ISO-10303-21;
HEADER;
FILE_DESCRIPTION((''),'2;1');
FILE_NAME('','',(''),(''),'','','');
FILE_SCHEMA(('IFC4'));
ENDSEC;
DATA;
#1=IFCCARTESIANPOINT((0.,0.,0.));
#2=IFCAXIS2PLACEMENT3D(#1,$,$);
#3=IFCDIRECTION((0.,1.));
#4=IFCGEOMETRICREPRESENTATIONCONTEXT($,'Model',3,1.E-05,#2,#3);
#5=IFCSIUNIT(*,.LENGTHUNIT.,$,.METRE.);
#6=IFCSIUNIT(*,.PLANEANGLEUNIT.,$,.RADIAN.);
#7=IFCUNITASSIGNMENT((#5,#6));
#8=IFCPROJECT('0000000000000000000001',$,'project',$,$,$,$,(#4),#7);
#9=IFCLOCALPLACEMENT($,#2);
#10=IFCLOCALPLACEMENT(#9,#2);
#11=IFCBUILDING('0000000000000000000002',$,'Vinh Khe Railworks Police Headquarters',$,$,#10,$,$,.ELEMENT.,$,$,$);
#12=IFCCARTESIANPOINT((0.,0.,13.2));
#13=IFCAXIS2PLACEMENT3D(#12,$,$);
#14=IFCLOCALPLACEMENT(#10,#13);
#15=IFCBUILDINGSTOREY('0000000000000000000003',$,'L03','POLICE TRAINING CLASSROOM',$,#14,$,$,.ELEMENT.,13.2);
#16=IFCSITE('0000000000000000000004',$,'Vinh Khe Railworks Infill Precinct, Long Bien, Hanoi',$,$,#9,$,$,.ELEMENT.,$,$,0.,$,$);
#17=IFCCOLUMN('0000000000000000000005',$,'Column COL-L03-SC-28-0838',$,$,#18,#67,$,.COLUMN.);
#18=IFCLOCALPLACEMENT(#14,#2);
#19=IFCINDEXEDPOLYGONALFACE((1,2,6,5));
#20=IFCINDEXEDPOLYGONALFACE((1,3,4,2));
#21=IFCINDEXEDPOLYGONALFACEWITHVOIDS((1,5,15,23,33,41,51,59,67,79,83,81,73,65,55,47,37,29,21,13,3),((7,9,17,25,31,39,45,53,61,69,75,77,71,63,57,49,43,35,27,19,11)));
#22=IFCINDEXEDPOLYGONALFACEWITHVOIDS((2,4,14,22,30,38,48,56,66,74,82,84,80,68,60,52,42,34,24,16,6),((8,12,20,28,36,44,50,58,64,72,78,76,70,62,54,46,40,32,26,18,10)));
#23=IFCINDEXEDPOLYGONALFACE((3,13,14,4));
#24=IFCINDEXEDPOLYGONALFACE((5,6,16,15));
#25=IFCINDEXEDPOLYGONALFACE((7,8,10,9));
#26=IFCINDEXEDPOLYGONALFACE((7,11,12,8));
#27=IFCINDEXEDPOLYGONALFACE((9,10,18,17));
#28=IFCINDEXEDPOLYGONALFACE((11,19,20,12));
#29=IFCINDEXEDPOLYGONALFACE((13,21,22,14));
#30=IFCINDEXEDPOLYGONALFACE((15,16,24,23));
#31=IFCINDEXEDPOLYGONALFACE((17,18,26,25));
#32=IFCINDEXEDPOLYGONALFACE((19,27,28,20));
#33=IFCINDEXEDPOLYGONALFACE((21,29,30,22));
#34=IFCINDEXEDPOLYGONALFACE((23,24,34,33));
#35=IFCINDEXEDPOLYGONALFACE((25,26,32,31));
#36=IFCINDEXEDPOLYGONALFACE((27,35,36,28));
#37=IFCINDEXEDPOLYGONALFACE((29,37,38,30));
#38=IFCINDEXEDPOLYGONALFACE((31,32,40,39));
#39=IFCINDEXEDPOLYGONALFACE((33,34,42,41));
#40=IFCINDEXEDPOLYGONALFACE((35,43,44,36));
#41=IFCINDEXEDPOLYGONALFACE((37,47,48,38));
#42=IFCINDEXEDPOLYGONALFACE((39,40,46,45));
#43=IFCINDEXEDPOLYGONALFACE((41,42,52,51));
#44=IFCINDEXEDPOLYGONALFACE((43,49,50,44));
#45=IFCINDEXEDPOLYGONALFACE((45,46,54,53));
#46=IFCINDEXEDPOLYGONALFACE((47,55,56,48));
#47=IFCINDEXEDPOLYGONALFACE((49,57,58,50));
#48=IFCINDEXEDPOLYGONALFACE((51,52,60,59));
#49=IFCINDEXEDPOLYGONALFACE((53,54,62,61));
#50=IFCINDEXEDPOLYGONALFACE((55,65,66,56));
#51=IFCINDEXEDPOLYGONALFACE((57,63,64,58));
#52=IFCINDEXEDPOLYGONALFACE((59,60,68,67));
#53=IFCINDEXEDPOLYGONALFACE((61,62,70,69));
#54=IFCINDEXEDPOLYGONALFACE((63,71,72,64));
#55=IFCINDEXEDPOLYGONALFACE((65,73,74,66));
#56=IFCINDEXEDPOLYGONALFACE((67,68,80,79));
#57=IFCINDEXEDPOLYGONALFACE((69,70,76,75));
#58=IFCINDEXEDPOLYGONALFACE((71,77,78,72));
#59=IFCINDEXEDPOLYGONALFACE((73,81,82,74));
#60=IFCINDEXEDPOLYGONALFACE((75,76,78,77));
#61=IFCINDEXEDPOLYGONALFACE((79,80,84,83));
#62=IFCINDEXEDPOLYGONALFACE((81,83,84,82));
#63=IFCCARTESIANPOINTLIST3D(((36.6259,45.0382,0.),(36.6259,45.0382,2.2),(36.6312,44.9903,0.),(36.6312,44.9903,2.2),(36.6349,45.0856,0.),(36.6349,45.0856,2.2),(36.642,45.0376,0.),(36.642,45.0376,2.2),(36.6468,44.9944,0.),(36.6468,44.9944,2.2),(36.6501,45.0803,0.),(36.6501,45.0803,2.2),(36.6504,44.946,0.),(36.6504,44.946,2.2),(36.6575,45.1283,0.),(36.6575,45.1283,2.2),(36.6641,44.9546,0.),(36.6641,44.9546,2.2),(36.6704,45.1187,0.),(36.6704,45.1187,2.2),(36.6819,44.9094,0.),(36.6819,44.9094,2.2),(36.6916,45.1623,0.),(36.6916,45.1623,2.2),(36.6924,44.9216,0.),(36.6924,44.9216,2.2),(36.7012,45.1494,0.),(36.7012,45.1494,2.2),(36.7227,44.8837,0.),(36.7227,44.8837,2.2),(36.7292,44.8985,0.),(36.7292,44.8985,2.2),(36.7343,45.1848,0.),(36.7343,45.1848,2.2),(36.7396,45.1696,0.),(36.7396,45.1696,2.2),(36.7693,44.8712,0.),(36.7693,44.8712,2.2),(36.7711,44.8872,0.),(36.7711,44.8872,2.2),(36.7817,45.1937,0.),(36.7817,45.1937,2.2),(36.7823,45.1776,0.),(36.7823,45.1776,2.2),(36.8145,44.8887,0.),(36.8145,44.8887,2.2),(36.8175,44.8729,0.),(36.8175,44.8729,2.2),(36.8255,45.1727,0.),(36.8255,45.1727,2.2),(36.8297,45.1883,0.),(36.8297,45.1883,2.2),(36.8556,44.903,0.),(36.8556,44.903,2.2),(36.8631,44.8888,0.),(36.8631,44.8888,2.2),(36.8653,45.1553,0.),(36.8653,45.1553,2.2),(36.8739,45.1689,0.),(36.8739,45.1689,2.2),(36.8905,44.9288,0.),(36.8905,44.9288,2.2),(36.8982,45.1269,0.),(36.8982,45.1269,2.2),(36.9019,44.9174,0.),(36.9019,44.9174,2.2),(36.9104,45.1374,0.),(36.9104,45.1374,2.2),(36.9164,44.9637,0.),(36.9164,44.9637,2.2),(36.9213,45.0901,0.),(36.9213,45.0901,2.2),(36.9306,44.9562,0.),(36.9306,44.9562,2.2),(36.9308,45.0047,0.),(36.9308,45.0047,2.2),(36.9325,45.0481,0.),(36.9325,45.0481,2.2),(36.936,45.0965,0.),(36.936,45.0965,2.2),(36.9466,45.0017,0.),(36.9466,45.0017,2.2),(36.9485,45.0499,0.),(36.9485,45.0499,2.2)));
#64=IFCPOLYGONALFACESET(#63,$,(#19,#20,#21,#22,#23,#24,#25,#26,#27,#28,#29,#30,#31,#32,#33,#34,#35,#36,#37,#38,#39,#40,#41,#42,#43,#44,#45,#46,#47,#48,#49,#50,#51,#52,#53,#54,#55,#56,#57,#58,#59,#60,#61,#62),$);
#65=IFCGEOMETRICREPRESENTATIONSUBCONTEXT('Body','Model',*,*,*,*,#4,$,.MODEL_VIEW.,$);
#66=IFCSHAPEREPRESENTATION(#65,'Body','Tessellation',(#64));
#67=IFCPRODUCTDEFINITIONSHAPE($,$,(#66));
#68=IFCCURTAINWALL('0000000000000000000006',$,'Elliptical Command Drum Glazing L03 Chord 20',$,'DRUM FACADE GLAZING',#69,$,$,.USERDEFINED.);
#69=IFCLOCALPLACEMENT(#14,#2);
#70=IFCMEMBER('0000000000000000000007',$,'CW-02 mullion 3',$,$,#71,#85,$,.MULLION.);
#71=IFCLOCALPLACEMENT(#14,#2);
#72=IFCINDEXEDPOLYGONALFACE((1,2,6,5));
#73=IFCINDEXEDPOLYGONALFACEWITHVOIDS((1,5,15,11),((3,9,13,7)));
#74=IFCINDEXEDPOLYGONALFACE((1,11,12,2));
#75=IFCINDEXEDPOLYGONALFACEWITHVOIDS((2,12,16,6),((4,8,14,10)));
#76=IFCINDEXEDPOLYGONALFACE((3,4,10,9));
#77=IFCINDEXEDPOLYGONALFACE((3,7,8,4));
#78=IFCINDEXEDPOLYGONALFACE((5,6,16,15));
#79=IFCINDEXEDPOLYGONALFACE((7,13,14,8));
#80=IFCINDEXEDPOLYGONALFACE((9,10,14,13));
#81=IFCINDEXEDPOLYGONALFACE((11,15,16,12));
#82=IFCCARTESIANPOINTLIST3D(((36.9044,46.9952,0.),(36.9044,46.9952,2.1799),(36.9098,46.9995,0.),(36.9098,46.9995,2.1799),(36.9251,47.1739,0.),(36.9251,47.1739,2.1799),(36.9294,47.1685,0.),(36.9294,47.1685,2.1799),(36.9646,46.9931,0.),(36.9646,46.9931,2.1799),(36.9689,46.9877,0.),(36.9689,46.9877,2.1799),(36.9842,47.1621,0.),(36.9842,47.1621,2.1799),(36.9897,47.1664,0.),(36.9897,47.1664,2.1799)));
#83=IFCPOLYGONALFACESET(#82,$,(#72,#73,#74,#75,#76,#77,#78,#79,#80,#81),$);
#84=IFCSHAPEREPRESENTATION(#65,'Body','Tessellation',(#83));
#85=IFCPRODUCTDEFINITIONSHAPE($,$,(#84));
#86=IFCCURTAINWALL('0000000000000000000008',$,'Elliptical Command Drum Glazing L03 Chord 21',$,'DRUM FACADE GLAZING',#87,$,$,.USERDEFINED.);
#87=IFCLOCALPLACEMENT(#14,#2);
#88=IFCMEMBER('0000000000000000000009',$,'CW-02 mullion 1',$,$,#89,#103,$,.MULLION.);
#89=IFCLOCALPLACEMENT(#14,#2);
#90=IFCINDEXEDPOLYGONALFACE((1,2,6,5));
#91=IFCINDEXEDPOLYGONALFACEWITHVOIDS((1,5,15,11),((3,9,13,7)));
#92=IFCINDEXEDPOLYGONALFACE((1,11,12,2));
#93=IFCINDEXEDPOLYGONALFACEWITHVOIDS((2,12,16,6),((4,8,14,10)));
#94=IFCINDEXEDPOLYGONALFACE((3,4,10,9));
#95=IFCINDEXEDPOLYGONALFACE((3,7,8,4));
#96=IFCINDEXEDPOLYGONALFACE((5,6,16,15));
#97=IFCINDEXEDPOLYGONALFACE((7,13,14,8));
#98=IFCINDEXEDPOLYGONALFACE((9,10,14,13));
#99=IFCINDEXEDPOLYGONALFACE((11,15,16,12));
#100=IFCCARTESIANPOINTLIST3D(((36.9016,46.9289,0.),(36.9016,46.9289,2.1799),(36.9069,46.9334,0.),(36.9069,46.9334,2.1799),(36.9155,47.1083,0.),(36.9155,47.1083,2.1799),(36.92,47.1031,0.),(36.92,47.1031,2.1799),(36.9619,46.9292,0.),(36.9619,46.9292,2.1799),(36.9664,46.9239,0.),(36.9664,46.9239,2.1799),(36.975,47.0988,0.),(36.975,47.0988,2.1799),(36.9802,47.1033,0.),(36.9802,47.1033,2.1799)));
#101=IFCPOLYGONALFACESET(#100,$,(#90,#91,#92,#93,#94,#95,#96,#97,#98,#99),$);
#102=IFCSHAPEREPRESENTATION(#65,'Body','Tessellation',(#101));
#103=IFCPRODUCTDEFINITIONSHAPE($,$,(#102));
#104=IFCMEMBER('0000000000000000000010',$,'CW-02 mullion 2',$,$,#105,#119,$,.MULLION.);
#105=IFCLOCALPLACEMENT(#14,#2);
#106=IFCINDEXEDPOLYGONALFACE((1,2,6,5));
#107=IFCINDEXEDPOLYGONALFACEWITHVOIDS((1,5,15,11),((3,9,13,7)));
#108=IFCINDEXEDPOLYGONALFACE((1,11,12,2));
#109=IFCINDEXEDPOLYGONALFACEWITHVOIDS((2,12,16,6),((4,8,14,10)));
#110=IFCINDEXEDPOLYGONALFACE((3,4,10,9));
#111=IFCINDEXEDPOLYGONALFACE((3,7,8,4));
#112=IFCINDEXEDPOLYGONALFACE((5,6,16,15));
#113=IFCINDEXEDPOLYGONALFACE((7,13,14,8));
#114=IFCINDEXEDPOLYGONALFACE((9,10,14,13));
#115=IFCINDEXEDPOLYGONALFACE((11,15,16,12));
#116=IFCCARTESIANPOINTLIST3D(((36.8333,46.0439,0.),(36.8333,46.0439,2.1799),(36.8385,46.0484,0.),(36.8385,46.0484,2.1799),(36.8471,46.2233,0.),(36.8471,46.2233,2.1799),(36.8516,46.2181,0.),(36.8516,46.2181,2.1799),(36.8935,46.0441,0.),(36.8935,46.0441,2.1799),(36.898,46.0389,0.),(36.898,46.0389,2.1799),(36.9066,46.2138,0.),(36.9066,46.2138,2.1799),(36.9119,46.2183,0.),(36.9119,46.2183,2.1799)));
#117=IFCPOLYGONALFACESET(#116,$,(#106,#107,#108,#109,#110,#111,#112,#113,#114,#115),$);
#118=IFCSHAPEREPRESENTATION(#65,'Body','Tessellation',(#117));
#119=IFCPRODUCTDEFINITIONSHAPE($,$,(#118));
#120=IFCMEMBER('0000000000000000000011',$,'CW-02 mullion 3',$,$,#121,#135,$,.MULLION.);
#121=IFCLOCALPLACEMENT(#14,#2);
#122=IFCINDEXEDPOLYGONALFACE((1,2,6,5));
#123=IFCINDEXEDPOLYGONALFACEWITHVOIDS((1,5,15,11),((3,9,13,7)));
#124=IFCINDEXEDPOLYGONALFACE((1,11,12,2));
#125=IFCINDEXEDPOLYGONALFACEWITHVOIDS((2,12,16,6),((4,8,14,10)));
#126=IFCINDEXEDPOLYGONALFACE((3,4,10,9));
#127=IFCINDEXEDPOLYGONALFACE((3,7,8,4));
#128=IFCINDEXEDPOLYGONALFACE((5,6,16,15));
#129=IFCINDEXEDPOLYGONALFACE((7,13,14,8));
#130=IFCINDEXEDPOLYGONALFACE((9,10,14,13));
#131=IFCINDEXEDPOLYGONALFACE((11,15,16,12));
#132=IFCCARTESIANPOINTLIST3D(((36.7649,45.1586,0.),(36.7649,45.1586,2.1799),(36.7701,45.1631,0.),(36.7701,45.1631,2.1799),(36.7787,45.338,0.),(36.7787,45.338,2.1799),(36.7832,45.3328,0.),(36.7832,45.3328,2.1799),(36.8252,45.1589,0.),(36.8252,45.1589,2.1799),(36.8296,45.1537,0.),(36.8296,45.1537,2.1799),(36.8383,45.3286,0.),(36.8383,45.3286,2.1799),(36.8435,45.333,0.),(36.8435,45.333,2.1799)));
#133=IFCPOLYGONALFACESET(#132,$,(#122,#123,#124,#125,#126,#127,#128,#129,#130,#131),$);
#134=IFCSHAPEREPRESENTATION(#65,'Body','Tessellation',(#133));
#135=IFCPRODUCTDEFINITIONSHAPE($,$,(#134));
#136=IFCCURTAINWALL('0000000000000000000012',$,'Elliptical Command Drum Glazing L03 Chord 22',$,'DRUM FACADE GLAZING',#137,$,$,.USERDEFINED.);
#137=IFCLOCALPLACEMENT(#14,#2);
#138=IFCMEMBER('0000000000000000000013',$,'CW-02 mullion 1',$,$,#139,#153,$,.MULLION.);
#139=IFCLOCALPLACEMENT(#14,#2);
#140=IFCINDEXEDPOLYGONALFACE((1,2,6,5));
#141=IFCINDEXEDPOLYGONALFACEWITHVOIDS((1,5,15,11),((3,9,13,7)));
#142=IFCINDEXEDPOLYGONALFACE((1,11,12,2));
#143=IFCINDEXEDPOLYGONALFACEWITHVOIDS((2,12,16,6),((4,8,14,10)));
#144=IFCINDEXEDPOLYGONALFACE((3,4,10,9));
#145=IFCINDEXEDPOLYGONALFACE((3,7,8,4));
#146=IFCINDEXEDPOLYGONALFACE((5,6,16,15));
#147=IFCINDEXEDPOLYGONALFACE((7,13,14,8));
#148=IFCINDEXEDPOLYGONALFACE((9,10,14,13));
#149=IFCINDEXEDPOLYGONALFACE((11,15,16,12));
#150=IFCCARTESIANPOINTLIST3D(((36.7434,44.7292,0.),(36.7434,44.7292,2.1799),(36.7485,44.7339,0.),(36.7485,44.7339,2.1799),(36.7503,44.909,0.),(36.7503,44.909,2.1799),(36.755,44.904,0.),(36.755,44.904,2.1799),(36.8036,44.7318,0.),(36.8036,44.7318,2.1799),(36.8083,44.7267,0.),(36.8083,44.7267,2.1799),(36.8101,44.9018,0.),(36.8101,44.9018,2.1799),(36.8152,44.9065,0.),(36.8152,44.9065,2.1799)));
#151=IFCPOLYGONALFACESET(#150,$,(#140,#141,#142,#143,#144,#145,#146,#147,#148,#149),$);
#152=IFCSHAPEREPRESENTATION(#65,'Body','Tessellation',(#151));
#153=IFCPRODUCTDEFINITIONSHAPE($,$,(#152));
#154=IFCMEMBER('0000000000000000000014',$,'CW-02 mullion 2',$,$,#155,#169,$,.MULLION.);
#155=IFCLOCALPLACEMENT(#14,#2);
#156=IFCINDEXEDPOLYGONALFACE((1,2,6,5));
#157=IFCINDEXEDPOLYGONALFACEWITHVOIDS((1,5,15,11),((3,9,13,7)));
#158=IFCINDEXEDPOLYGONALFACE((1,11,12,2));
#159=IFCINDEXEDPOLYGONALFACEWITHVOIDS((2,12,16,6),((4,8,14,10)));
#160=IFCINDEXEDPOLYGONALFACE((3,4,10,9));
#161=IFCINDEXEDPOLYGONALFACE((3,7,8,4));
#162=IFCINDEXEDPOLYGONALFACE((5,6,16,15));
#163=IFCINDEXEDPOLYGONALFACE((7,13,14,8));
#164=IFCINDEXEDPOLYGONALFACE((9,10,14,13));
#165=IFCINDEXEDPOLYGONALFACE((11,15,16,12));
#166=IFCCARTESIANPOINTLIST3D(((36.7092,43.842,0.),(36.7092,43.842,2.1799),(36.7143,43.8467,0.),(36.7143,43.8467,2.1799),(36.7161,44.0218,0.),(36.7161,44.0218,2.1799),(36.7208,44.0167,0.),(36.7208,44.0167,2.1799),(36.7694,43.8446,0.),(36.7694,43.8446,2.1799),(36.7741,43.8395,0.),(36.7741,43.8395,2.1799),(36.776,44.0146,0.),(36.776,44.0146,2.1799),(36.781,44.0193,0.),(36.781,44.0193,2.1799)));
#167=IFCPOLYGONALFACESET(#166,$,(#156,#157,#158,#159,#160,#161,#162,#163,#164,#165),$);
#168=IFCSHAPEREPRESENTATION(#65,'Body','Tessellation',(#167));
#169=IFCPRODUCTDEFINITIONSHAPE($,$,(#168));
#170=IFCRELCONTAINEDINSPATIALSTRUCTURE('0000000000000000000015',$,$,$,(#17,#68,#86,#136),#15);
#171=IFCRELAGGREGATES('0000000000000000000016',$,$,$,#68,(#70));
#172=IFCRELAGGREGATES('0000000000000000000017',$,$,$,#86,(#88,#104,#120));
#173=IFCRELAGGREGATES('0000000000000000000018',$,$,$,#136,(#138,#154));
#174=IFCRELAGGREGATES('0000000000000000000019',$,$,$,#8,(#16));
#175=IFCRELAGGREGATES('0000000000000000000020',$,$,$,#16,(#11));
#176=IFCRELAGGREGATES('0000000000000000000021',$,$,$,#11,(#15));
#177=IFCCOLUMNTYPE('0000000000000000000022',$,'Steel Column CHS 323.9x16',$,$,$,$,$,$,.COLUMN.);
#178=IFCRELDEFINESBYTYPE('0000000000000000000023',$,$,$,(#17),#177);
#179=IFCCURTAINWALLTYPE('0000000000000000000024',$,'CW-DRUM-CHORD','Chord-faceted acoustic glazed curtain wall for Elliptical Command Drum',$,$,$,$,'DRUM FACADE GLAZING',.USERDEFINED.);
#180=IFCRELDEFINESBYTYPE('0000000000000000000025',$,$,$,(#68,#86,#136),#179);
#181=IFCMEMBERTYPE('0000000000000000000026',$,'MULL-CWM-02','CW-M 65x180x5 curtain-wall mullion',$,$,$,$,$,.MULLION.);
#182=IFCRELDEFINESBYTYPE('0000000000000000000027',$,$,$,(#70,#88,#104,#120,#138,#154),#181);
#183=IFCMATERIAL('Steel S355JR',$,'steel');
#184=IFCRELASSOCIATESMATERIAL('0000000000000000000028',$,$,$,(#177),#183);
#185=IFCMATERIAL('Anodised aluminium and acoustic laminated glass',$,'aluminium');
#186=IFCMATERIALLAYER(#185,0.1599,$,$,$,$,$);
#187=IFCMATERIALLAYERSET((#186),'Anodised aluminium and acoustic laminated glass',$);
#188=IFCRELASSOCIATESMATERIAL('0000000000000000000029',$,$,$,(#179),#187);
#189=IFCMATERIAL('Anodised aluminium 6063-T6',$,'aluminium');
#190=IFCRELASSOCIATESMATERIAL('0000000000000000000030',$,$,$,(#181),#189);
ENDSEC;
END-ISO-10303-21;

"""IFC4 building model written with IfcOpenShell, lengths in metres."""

from ifc_helpers import new_model, si_unit, direction, frame, origin, origin_2d, place, context, subcontext, project, spatial, hollow_rectangle, hollow_circle, extrude, material, layer, layer_set, material_profile, profile_set, type_object, element, aggregate, save


model = new_model("IFC4")

# Units and contexts
model_context = context("Model", 3, precision=1e-05, world=origin(), true_north=direction((0.0, 1.0)))
body_context = subcontext(model_context, "Body", "Model", "MODEL_VIEW")
ifc_project = project(units=[si_unit("LENGTHUNIT", "METRE"), si_unit("PLANEANGLEUNIT", "RADIAN")], contexts=[model_context])

# Site, building, storey
site_placement = place(None, origin())
site = spatial("IfcSite", under=ifc_project, at=site_placement, Name="Vinh Khe Railworks Infill Precinct, Long Bien, Hanoi", CompositionType="ELEMENT", RefElevation=0.0)
building_placement = place(site_placement, origin())
building = spatial("IfcBuilding", under=site, at=building_placement, Name="Vinh Khe Railworks Police Headquarters", CompositionType="ELEMENT")
storey_placement = place(building_placement, frame((0.0, 0.0, 13.2)))
storey = spatial("IfcBuildingStorey", under=building, at=storey_placement, Name="L03", Description="POLICE TRAINING CLASSROOM", CompositionType="ELEMENT", Elevation=13.2)

# Column
ifc_material_1 = material(Name="Steel S355JR", Category="steel")
ifc_material_profile_1 = material_profile(ifc_material_1, hollow_circle(Radius=0.1619, WallThickness=0.0161, at=origin_2d()), Name="CHS 323.9x16")
ifc_profile_set_1 = profile_set([ifc_material_profile_1], Name="Steel S355JR")
column_type = type_object("IfcColumnType", Name="Steel Column CHS 323.9x16", PredefinedType="COLUMN", material=ifc_profile_set_1)
column_placement = place(storey_placement, frame((36.7876, 45.032, 0.0), z_axis=(0.0, 0.0, 1.0), x_axis=(-0.999256, 0.038562, 0.0)))
element("IfcColumn", 1, at=column_placement, inside=storey, type_object=column_type, Name="Column COL-L03-SC-28-0838", PredefinedType="COLUMN", context=body_context, shape_type="SweptSolid", body=[
    extrude(hollow_circle(Radius=0.1619, WallThickness=0.0161, at=origin_2d()), origin(), (0.0, 0.0, 1.0), 2.2),
])

# Curtain wall, member
ifc_material_2 = material(Name="Anodised aluminium and acoustic laminated glass", Category="aluminium")
ifc_layer_1 = layer(ifc_material_2, 0.1599)
ifc_layer_set_1 = layer_set([ifc_layer_1], Name="Anodised aluminium and acoustic laminated glass")
curtain_wall_type = type_object("IfcCurtainWallType", Name="CW-DRUM-CHORD", Description="Chord-faceted acoustic glazed curtain wall for Elliptical Command Drum", ElementType="DRUM FACADE GLAZING", PredefinedType="USERDEFINED", material=ifc_layer_set_1)
curtain_wall_1_placement = place(storey_placement, origin())
curtain_wall_1 = element("IfcCurtainWall", 2, at=curtain_wall_1_placement, inside=storey, type_object=curtain_wall_type, Name="Elliptical Command Drum Glazing L03 Chord 20", ObjectType="DRUM FACADE GLAZING", PredefinedType="USERDEFINED")
ifc_material_3 = material(Name="Anodised aluminium 6063-T6", Category="aluminium")
ifc_material_profile_2 = material_profile(ifc_material_3, hollow_rectangle(XDim=0.0649, YDim=0.1799, WallThickness=0.0049, at=origin_2d()), Name="CW-M 65x180x5")
ifc_profile_set_2 = profile_set([ifc_material_profile_2], Name="Anodised aluminium 6063-T6")
member_type_1 = type_object("IfcMemberType", Name="MULL-CWM-02", Description="CW-M 65x180x5 curtain-wall mullion", PredefinedType="MULLION", material=ifc_profile_set_2)
member_1_placement = place(storey_placement, frame((36.947, 47.0808, 0.0), z_axis=(0.0, 0.0, 1.0), x_axis=(0.993329, -0.115318, 0.0)))
member_1 = element("IfcMember", 3, at=member_1_placement, type_object=member_type_1, Name="CW-02 mullion 3", PredefinedType="MULLION", context=body_context, shape_type="SweptSolid", body=[
    extrude(hollow_rectangle(XDim=0.0649, YDim=0.1799, WallThickness=0.0049, at=origin_2d()), origin(), (0.0, 0.0, 1.0), 2.1799),
])
aggregate(curtain_wall_1, [member_1])

# Curtain walls, members
curtain_wall_2_placement = place(storey_placement, origin())
curtain_wall_2 = element("IfcCurtainWall", 4, at=curtain_wall_2_placement, inside=storey, type_object=curtain_wall_type, Name="Elliptical Command Drum Glazing L03 Chord 21", ObjectType="DRUM FACADE GLAZING", PredefinedType="USERDEFINED")
member_2_placement = place(storey_placement, frame((36.9409, 47.0161, 0.0), z_axis=(0.0, 0.0, 1.0), x_axis=(0.997033, -0.076969, 0.0)))
member_2 = element("IfcMember", 5, at=member_2_placement, type_object=member_type_1, Name="CW-02 mullion 1", PredefinedType="MULLION", context=body_context, shape_type="SweptSolid", body=[
    extrude(hollow_rectangle(XDim=0.0649, YDim=0.1799, WallThickness=0.0049, at=origin_2d()), origin(), (0.0, 0.0, 1.0), 2.1799),
])
member_3_placement = place(storey_placement, frame((36.8726, 46.1311, 0.0), z_axis=(0.0, 0.0, 1.0), x_axis=(0.997033, -0.076969, 0.0)))
member_3 = element("IfcMember", 6, at=member_3_placement, type_object=member_type_1, Name="CW-02 mullion 2", PredefinedType="MULLION", context=body_context, shape_type="SweptSolid", body=[
    extrude(hollow_rectangle(XDim=0.0649, YDim=0.1799, WallThickness=0.0049, at=origin_2d()), origin(), (0.0, 0.0, 1.0), 2.1799),
])
member_4_placement = place(storey_placement, frame((36.8042, 45.2458, 0.0), z_axis=(0.0, 0.0, 1.0), x_axis=(0.997033, -0.076969, 0.0)))
member_4 = element("IfcMember", 7, at=member_4_placement, type_object=member_type_1, Name="CW-02 mullion 3", PredefinedType="MULLION", context=body_context, shape_type="SweptSolid", body=[
    extrude(hollow_rectangle(XDim=0.0649, YDim=0.1799, WallThickness=0.0049, at=origin_2d()), origin(), (0.0, 0.0, 1.0), 2.1799),
])
curtain_wall_3_placement = place(storey_placement, origin())
curtain_wall_3 = element("IfcCurtainWall", 8, at=curtain_wall_3_placement, inside=storey, type_object=curtain_wall_type, Name="Elliptical Command Drum Glazing L03 Chord 22", ObjectType="DRUM FACADE GLAZING", PredefinedType="USERDEFINED")
member_5_placement = place(storey_placement, frame((36.7793, 44.8179, 0.0), z_axis=(0.0, 0.0, 1.0), x_axis=(0.999258, -0.038513, 0.0)))
member_5 = element("IfcMember", 9, at=member_5_placement, type_object=member_type_1, Name="CW-02 mullion 1", PredefinedType="MULLION", context=body_context, shape_type="SweptSolid", body=[
    extrude(hollow_rectangle(XDim=0.0649, YDim=0.1799, WallThickness=0.0049, at=origin_2d()), origin(), (0.0, 0.0, 1.0), 2.1799),
])
member_6_placement = place(storey_placement, frame((36.7451, 43.9307, 0.0), z_axis=(0.0, 0.0, 1.0), x_axis=(0.999258, -0.038513, 0.0)))
member_6 = element("IfcMember", 10, at=member_6_placement, type_object=member_type_1, Name="CW-02 mullion 2", PredefinedType="MULLION", context=body_context, shape_type="SweptSolid", body=[
    extrude(hollow_rectangle(XDim=0.0649, YDim=0.1799, WallThickness=0.0049, at=origin_2d()), origin(), (0.0, 0.0, 1.0), 2.1799),
])

aggregate(curtain_wall_2, [member_2, member_3, member_4])
aggregate(curtain_wall_3, [member_5, member_6])

save(model, "model.ifc")
